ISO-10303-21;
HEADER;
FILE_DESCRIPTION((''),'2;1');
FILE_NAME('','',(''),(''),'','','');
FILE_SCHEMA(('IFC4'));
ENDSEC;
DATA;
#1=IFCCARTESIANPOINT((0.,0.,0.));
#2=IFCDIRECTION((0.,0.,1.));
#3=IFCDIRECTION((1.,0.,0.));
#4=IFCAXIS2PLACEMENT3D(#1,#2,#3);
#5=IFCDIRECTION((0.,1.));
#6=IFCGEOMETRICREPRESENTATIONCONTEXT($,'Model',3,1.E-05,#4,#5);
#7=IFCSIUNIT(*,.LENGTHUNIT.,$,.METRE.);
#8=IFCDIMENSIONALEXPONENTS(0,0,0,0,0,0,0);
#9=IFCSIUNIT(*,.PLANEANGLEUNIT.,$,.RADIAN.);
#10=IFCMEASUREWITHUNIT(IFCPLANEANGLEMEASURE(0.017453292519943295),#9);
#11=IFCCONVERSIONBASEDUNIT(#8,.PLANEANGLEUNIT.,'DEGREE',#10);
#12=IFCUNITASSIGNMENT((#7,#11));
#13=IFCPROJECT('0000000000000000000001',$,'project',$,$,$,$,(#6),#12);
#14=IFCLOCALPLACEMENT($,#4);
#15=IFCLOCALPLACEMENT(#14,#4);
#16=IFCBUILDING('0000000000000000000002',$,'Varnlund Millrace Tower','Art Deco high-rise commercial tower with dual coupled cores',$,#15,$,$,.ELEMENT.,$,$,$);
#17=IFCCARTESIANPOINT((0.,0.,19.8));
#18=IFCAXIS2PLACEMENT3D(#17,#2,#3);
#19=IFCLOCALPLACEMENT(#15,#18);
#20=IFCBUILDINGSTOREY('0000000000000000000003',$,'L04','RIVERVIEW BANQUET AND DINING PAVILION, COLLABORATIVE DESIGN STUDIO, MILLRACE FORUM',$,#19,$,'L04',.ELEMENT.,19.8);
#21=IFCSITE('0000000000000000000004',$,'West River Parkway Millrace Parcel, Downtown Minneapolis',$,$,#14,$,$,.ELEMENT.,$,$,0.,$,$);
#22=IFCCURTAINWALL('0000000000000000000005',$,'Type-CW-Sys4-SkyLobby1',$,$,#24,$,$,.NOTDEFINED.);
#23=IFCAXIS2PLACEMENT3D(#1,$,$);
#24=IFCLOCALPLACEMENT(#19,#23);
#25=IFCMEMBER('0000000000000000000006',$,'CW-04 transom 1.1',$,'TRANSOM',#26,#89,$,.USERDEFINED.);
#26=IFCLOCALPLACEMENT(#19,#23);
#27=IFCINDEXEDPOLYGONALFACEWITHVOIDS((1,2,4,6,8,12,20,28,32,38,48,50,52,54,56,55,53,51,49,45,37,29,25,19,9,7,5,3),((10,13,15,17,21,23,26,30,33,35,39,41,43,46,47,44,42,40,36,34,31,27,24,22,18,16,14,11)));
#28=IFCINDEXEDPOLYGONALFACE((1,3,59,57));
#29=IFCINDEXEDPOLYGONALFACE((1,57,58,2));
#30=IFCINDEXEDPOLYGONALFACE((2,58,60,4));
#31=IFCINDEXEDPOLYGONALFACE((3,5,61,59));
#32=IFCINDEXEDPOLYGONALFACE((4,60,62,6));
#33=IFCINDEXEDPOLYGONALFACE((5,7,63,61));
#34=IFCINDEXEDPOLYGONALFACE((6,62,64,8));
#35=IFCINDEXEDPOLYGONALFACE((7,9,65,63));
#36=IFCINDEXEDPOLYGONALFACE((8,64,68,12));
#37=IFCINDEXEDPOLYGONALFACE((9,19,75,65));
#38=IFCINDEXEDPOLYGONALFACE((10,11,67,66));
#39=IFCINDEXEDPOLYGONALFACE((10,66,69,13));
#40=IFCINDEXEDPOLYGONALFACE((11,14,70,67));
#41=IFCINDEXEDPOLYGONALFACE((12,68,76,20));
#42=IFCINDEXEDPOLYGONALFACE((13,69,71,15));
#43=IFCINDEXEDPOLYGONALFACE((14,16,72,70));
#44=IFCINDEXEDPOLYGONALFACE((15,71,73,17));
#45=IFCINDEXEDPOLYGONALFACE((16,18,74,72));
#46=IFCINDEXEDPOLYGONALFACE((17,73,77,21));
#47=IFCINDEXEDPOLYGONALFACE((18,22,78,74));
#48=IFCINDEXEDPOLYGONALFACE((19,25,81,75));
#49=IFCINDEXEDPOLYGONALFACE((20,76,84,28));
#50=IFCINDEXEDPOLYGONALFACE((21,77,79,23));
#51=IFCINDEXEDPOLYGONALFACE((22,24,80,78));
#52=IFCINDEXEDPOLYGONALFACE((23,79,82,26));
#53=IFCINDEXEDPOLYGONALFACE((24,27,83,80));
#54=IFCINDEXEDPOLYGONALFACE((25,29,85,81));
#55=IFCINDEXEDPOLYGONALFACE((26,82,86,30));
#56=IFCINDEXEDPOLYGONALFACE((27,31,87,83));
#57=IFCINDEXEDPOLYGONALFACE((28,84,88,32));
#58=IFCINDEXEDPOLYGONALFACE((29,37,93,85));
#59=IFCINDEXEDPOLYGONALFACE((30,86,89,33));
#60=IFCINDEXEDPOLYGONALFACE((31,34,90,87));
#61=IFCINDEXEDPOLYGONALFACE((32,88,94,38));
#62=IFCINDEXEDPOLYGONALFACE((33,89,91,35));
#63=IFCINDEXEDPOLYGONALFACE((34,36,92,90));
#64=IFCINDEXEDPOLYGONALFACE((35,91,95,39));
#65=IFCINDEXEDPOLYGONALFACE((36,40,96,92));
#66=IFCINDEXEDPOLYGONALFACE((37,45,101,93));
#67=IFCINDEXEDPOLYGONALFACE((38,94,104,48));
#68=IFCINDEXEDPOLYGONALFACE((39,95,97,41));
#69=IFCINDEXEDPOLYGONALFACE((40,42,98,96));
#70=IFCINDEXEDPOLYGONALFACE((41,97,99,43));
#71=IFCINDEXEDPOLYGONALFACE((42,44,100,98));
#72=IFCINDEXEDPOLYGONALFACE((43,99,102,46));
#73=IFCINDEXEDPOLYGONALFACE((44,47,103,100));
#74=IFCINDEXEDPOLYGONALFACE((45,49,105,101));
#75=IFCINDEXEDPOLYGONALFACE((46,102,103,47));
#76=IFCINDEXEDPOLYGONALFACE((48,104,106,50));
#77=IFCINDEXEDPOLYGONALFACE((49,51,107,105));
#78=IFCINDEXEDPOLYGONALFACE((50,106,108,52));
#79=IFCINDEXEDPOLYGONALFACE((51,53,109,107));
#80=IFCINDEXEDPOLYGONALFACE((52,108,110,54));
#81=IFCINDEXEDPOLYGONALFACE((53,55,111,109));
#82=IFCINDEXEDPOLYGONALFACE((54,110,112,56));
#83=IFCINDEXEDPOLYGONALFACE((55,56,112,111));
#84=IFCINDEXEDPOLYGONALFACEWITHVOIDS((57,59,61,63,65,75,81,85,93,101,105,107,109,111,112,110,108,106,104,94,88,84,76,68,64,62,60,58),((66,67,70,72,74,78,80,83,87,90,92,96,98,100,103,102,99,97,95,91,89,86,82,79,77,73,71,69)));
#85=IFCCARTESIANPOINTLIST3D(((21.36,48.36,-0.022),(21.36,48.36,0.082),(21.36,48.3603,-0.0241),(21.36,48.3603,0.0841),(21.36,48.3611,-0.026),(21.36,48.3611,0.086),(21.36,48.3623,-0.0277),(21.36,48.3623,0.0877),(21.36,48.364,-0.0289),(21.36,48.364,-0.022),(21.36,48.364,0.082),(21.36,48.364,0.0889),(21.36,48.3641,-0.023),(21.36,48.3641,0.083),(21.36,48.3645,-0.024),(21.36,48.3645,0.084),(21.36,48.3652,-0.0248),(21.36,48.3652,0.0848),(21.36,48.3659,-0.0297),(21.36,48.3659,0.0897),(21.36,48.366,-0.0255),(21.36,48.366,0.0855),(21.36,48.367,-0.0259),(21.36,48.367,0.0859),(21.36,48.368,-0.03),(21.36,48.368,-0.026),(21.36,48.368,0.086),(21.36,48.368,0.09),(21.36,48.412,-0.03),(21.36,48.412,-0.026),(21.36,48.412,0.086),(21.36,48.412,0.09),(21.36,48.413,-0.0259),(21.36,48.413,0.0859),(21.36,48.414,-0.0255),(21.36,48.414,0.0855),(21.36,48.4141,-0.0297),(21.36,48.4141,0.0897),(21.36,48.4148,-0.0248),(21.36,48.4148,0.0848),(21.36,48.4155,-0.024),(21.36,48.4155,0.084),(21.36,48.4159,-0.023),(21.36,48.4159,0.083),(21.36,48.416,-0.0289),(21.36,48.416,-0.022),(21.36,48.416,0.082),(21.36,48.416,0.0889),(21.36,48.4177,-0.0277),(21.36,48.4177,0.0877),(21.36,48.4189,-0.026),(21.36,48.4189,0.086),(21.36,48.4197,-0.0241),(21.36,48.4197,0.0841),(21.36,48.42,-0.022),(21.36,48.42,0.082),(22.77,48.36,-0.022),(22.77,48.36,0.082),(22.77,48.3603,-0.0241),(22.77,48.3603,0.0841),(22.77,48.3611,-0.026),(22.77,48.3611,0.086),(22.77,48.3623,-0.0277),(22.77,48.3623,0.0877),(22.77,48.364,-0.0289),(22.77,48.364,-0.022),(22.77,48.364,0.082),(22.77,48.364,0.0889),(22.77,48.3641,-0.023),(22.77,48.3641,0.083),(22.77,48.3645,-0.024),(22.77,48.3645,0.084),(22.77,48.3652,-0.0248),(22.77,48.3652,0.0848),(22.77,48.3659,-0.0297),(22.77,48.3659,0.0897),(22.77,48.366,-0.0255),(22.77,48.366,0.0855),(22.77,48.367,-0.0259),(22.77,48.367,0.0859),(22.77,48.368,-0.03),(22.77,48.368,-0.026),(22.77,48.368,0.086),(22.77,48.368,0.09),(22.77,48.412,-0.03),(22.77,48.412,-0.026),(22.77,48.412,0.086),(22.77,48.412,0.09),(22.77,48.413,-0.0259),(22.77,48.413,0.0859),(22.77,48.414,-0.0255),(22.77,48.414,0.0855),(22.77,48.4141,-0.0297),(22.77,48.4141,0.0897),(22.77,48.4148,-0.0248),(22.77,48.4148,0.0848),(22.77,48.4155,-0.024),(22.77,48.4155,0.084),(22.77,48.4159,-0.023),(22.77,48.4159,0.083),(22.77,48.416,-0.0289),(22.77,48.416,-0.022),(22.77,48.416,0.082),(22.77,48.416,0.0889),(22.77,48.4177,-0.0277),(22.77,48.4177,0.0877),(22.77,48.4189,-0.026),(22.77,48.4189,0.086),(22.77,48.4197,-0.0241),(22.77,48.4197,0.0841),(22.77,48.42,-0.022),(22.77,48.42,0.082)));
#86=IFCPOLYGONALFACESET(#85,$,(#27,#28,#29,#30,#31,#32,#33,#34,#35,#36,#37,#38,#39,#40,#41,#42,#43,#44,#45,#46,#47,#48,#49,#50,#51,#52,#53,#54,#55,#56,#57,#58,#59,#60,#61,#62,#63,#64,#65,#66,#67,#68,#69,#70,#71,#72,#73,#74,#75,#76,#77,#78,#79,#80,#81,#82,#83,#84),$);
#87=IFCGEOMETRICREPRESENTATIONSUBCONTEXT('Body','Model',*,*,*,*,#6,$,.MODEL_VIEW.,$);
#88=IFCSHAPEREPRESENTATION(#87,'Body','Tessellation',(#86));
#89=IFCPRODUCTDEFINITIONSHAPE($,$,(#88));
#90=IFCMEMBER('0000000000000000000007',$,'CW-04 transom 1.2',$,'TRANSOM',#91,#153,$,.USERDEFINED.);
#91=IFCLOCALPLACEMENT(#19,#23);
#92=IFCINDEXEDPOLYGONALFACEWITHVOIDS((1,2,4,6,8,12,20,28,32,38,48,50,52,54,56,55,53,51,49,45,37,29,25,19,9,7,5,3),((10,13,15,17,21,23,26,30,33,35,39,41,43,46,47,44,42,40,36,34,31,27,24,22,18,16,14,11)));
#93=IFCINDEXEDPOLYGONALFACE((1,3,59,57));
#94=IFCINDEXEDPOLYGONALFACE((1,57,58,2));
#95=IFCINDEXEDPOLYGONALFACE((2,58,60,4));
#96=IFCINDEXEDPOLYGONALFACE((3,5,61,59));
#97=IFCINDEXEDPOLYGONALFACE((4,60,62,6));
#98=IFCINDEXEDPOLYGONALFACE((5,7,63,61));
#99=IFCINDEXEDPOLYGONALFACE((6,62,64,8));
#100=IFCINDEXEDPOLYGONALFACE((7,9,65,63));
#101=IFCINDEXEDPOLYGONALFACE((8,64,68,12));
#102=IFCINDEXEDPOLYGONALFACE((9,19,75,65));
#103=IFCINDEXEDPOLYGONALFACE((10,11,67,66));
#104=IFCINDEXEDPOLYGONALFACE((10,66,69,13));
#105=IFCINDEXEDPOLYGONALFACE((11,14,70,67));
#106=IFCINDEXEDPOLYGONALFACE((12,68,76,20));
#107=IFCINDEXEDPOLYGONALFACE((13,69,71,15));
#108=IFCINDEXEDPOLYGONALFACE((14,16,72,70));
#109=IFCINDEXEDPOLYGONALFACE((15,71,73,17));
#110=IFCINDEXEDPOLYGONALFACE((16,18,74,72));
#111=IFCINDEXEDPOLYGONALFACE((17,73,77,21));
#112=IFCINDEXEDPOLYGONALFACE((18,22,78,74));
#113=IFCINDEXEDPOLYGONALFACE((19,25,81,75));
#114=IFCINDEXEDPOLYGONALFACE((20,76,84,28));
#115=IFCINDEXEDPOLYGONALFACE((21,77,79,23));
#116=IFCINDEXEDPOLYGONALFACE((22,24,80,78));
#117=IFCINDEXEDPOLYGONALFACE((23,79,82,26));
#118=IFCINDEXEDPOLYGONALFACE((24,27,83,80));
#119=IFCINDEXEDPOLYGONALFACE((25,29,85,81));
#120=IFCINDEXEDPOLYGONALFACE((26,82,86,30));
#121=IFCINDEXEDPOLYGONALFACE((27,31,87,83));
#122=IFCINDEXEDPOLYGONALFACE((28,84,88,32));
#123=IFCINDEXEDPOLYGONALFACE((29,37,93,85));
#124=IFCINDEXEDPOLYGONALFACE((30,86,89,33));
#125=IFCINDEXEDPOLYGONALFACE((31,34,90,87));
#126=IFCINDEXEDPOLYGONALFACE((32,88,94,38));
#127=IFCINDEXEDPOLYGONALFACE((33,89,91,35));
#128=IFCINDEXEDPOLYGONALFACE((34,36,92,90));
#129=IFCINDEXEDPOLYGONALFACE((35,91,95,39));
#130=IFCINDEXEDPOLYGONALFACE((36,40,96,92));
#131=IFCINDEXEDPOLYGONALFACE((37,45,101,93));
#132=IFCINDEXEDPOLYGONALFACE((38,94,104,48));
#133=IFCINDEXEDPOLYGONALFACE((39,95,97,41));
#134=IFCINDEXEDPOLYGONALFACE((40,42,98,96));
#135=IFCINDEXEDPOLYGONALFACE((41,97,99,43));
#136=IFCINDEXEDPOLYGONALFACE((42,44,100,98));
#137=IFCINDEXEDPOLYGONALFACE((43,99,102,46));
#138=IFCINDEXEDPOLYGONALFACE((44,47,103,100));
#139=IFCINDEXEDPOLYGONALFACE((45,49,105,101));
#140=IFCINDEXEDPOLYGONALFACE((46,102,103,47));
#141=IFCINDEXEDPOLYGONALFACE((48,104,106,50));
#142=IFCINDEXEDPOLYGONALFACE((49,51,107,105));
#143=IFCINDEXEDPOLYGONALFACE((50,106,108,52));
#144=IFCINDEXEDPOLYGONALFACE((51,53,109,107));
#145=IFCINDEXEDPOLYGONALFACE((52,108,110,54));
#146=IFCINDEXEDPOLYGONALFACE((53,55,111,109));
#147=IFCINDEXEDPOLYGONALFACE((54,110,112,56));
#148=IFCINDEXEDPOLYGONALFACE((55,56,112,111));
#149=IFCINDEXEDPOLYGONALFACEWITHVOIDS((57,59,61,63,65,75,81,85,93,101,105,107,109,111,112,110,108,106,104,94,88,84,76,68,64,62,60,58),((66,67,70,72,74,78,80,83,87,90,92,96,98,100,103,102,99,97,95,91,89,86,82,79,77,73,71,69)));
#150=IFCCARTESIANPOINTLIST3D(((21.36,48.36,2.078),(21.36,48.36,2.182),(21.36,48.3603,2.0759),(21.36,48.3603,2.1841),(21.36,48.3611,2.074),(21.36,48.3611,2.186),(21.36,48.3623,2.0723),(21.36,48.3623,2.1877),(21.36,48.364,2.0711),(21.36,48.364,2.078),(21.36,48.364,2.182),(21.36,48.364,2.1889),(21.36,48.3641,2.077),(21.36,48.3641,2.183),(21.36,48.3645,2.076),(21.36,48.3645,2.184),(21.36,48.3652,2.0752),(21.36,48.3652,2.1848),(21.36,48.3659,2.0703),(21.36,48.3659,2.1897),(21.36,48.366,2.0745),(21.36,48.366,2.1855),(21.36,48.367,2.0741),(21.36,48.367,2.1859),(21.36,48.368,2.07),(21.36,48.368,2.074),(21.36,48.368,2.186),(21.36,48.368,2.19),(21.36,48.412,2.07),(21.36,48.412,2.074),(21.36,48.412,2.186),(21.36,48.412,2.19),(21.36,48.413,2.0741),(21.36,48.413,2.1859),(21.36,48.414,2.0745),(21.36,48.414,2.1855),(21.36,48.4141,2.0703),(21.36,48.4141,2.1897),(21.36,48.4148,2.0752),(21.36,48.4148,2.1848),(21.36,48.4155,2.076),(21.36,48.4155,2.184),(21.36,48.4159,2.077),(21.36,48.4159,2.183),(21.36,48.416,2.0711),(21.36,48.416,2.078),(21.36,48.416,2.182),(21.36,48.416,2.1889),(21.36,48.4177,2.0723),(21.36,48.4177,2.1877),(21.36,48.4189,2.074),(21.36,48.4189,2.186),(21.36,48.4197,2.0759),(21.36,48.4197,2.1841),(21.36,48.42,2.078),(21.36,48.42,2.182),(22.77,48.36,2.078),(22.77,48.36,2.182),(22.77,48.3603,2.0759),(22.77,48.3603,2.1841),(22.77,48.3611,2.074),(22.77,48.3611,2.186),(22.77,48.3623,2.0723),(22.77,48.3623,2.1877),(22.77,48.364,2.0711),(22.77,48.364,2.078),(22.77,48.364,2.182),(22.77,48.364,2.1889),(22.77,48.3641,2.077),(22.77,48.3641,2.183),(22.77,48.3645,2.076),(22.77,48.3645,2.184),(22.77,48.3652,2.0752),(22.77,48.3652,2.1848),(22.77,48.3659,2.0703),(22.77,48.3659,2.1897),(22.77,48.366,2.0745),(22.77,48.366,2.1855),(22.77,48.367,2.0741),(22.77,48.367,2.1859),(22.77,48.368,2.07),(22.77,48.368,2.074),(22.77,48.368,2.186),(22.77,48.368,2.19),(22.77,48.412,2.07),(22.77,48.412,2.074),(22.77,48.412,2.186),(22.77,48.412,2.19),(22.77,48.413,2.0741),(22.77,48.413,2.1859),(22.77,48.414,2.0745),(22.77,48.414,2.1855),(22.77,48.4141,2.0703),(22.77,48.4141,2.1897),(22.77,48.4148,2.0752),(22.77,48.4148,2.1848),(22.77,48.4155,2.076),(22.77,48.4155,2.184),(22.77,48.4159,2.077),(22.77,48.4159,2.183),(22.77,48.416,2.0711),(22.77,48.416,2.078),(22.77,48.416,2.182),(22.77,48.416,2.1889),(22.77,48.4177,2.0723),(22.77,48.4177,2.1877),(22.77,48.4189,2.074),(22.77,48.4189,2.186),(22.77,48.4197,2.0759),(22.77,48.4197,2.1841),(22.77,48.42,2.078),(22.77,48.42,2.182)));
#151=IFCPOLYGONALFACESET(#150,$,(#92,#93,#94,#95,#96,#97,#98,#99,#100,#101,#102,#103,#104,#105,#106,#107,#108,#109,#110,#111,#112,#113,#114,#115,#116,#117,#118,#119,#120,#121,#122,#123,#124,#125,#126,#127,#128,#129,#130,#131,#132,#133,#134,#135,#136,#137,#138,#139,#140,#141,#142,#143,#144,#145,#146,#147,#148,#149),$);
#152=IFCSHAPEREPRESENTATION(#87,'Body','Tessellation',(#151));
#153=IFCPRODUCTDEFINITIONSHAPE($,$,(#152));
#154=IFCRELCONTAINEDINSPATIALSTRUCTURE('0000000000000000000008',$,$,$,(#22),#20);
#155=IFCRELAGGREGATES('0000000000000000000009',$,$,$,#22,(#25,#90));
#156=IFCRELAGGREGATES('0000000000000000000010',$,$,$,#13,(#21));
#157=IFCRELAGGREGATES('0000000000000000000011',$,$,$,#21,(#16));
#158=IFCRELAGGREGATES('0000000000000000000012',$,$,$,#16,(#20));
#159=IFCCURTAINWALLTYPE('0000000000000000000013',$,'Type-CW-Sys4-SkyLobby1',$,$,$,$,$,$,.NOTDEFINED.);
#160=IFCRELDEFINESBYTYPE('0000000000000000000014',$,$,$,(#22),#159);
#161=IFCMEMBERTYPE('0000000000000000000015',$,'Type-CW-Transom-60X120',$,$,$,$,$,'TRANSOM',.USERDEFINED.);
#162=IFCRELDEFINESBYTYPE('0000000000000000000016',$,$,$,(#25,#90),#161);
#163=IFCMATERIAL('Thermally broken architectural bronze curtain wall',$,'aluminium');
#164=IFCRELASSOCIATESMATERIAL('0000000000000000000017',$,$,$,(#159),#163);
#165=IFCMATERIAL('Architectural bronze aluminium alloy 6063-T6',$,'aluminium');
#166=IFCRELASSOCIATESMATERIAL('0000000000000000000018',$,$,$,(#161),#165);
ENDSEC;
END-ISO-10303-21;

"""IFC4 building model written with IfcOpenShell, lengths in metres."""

from ifc_helpers import new_model, entity, si_unit, converted_unit, direction, frame, origin_with_axes, origin_2d_with_axis, place, context, subcontext, project, spatial, hollow_rectangle, extrude, material, material_profile, profile_set, type_object, element, aggregate, save


model = new_model("IFC4")

# Units and contexts
model_context = context("Model", 3, precision=1e-05, world=origin_with_axes(), true_north=direction((0.0, 1.0)))
body_context = subcontext(model_context, "Body", "Model", "MODEL_VIEW")
ifc_project = project(units=[si_unit("LENGTHUNIT", "METRE"), converted_unit("PLANEANGLEUNIT", "DEGREE", entity("IfcPlaneAngleMeasure", 0.017453292519943295), si_unit("PLANEANGLEUNIT", "RADIAN"), dimensions=[0, 0, 0, 0, 0, 0, 0])], contexts=[model_context])

# Site, building, storey
site_placement = place(None, origin_with_axes())
site = spatial("IfcSite", under=ifc_project, at=site_placement, Name="West River Parkway Millrace Parcel, Downtown Minneapolis", CompositionType="ELEMENT", RefElevation=0.0)
building_placement = place(site_placement, origin_with_axes())
building = spatial("IfcBuilding", under=site, at=building_placement, Name="Varnlund Millrace Tower", Description="Art Deco high-rise commercial tower with dual coupled cores", CompositionType="ELEMENT")
storey_placement = place(building_placement, frame((0.0, 0.0, 19.8), z_axis=(0.0, 0.0, 1.0), x_axis=(1.0, 0.0, 0.0)))
storey = spatial("IfcBuildingStorey", under=building, at=storey_placement, Name="L04", Description="RIVERVIEW BANQUET AND DINING PAVILION, COLLABORATIVE DESIGN STUDIO, MILLRACE FORUM", LongName="L04", CompositionType="ELEMENT", Elevation=19.8)

# Curtain wall, members
ifc_material_1 = material(Name="Thermally broken architectural bronze curtain wall", Category="aluminium")
curtain_wall_type = type_object("IfcCurtainWallType", Name="Type-CW-Sys4-SkyLobby1", PredefinedType="NOTDEFINED", material=ifc_material_1)
curtain_wall_placement = place(storey_placement, frame((21.3, 48.39, 0.0), z_axis=(0.0, 0.0, 1.0), x_axis=(1.0, 0.0, 0.0)))
curtain_wall = element("IfcCurtainWall", 1, at=curtain_wall_placement, inside=storey, type_object=curtain_wall_type, Name="Type-CW-Sys4-SkyLobby1", PredefinedType="NOTDEFINED")
ifc_material_2 = material(Name="Architectural bronze aluminium alloy 6063-T6", Category="aluminium")
ifc_material_profile_1 = material_profile(ifc_material_2, hollow_rectangle(XDim=0.06, YDim=0.12, WallThickness=0.004, InnerFilletRadius=0.004, OuterFilletRadius=0.008, at=origin_2d_with_axis()), Name="Architectural bronze aluminium alloy 6063-T6")
ifc_profile_set_1 = profile_set([ifc_material_profile_1], Name="Architectural bronze aluminium alloy 6063-T6")
member_type_1 = type_object("IfcMemberType", Name="Type-CW-Transom-60X120", ElementType="TRANSOM", PredefinedType="USERDEFINED", material=ifc_profile_set_1)
member_1_placement = place(storey_placement, frame((21.36, 48.39, 0.03), z_axis=(1.0, 0.0, 0.0), x_axis=(0.0, 1.0, 0.0)))
member_1 = element("IfcMember", 2, at=member_1_placement, type_object=member_type_1, Name="CW-04 transom 1.1", ObjectType="TRANSOM", PredefinedType="USERDEFINED", context=body_context, shape_type="SweptSolid", body=[
    extrude(hollow_rectangle(XDim=0.06, YDim=0.12, WallThickness=0.004, InnerFilletRadius=0.004, OuterFilletRadius=0.008, at=origin_2d_with_axis()), origin_with_axes(), (0.0, 0.0, 1.0), 1.41),
])
member_2_placement = place(storey_placement, frame((21.36, 48.39, 2.13), z_axis=(1.0, 0.0, 0.0), x_axis=(0.0, 1.0, 0.0)))
member_2 = element("IfcMember", 3, at=member_2_placement, type_object=member_type_1, Name="CW-04 transom 1.2", ObjectType="TRANSOM", PredefinedType="USERDEFINED", context=body_context, shape_type="SweptSolid", body=[
    extrude(hollow_rectangle(XDim=0.06, YDim=0.12, WallThickness=0.004, InnerFilletRadius=0.004, OuterFilletRadius=0.008, at=origin_2d_with_axis()), origin_with_axes(), (0.0, 0.0, 1.0), 1.41),
])
aggregate(curtain_wall, [member_1, member_2])

save(model, "model.ifc")
